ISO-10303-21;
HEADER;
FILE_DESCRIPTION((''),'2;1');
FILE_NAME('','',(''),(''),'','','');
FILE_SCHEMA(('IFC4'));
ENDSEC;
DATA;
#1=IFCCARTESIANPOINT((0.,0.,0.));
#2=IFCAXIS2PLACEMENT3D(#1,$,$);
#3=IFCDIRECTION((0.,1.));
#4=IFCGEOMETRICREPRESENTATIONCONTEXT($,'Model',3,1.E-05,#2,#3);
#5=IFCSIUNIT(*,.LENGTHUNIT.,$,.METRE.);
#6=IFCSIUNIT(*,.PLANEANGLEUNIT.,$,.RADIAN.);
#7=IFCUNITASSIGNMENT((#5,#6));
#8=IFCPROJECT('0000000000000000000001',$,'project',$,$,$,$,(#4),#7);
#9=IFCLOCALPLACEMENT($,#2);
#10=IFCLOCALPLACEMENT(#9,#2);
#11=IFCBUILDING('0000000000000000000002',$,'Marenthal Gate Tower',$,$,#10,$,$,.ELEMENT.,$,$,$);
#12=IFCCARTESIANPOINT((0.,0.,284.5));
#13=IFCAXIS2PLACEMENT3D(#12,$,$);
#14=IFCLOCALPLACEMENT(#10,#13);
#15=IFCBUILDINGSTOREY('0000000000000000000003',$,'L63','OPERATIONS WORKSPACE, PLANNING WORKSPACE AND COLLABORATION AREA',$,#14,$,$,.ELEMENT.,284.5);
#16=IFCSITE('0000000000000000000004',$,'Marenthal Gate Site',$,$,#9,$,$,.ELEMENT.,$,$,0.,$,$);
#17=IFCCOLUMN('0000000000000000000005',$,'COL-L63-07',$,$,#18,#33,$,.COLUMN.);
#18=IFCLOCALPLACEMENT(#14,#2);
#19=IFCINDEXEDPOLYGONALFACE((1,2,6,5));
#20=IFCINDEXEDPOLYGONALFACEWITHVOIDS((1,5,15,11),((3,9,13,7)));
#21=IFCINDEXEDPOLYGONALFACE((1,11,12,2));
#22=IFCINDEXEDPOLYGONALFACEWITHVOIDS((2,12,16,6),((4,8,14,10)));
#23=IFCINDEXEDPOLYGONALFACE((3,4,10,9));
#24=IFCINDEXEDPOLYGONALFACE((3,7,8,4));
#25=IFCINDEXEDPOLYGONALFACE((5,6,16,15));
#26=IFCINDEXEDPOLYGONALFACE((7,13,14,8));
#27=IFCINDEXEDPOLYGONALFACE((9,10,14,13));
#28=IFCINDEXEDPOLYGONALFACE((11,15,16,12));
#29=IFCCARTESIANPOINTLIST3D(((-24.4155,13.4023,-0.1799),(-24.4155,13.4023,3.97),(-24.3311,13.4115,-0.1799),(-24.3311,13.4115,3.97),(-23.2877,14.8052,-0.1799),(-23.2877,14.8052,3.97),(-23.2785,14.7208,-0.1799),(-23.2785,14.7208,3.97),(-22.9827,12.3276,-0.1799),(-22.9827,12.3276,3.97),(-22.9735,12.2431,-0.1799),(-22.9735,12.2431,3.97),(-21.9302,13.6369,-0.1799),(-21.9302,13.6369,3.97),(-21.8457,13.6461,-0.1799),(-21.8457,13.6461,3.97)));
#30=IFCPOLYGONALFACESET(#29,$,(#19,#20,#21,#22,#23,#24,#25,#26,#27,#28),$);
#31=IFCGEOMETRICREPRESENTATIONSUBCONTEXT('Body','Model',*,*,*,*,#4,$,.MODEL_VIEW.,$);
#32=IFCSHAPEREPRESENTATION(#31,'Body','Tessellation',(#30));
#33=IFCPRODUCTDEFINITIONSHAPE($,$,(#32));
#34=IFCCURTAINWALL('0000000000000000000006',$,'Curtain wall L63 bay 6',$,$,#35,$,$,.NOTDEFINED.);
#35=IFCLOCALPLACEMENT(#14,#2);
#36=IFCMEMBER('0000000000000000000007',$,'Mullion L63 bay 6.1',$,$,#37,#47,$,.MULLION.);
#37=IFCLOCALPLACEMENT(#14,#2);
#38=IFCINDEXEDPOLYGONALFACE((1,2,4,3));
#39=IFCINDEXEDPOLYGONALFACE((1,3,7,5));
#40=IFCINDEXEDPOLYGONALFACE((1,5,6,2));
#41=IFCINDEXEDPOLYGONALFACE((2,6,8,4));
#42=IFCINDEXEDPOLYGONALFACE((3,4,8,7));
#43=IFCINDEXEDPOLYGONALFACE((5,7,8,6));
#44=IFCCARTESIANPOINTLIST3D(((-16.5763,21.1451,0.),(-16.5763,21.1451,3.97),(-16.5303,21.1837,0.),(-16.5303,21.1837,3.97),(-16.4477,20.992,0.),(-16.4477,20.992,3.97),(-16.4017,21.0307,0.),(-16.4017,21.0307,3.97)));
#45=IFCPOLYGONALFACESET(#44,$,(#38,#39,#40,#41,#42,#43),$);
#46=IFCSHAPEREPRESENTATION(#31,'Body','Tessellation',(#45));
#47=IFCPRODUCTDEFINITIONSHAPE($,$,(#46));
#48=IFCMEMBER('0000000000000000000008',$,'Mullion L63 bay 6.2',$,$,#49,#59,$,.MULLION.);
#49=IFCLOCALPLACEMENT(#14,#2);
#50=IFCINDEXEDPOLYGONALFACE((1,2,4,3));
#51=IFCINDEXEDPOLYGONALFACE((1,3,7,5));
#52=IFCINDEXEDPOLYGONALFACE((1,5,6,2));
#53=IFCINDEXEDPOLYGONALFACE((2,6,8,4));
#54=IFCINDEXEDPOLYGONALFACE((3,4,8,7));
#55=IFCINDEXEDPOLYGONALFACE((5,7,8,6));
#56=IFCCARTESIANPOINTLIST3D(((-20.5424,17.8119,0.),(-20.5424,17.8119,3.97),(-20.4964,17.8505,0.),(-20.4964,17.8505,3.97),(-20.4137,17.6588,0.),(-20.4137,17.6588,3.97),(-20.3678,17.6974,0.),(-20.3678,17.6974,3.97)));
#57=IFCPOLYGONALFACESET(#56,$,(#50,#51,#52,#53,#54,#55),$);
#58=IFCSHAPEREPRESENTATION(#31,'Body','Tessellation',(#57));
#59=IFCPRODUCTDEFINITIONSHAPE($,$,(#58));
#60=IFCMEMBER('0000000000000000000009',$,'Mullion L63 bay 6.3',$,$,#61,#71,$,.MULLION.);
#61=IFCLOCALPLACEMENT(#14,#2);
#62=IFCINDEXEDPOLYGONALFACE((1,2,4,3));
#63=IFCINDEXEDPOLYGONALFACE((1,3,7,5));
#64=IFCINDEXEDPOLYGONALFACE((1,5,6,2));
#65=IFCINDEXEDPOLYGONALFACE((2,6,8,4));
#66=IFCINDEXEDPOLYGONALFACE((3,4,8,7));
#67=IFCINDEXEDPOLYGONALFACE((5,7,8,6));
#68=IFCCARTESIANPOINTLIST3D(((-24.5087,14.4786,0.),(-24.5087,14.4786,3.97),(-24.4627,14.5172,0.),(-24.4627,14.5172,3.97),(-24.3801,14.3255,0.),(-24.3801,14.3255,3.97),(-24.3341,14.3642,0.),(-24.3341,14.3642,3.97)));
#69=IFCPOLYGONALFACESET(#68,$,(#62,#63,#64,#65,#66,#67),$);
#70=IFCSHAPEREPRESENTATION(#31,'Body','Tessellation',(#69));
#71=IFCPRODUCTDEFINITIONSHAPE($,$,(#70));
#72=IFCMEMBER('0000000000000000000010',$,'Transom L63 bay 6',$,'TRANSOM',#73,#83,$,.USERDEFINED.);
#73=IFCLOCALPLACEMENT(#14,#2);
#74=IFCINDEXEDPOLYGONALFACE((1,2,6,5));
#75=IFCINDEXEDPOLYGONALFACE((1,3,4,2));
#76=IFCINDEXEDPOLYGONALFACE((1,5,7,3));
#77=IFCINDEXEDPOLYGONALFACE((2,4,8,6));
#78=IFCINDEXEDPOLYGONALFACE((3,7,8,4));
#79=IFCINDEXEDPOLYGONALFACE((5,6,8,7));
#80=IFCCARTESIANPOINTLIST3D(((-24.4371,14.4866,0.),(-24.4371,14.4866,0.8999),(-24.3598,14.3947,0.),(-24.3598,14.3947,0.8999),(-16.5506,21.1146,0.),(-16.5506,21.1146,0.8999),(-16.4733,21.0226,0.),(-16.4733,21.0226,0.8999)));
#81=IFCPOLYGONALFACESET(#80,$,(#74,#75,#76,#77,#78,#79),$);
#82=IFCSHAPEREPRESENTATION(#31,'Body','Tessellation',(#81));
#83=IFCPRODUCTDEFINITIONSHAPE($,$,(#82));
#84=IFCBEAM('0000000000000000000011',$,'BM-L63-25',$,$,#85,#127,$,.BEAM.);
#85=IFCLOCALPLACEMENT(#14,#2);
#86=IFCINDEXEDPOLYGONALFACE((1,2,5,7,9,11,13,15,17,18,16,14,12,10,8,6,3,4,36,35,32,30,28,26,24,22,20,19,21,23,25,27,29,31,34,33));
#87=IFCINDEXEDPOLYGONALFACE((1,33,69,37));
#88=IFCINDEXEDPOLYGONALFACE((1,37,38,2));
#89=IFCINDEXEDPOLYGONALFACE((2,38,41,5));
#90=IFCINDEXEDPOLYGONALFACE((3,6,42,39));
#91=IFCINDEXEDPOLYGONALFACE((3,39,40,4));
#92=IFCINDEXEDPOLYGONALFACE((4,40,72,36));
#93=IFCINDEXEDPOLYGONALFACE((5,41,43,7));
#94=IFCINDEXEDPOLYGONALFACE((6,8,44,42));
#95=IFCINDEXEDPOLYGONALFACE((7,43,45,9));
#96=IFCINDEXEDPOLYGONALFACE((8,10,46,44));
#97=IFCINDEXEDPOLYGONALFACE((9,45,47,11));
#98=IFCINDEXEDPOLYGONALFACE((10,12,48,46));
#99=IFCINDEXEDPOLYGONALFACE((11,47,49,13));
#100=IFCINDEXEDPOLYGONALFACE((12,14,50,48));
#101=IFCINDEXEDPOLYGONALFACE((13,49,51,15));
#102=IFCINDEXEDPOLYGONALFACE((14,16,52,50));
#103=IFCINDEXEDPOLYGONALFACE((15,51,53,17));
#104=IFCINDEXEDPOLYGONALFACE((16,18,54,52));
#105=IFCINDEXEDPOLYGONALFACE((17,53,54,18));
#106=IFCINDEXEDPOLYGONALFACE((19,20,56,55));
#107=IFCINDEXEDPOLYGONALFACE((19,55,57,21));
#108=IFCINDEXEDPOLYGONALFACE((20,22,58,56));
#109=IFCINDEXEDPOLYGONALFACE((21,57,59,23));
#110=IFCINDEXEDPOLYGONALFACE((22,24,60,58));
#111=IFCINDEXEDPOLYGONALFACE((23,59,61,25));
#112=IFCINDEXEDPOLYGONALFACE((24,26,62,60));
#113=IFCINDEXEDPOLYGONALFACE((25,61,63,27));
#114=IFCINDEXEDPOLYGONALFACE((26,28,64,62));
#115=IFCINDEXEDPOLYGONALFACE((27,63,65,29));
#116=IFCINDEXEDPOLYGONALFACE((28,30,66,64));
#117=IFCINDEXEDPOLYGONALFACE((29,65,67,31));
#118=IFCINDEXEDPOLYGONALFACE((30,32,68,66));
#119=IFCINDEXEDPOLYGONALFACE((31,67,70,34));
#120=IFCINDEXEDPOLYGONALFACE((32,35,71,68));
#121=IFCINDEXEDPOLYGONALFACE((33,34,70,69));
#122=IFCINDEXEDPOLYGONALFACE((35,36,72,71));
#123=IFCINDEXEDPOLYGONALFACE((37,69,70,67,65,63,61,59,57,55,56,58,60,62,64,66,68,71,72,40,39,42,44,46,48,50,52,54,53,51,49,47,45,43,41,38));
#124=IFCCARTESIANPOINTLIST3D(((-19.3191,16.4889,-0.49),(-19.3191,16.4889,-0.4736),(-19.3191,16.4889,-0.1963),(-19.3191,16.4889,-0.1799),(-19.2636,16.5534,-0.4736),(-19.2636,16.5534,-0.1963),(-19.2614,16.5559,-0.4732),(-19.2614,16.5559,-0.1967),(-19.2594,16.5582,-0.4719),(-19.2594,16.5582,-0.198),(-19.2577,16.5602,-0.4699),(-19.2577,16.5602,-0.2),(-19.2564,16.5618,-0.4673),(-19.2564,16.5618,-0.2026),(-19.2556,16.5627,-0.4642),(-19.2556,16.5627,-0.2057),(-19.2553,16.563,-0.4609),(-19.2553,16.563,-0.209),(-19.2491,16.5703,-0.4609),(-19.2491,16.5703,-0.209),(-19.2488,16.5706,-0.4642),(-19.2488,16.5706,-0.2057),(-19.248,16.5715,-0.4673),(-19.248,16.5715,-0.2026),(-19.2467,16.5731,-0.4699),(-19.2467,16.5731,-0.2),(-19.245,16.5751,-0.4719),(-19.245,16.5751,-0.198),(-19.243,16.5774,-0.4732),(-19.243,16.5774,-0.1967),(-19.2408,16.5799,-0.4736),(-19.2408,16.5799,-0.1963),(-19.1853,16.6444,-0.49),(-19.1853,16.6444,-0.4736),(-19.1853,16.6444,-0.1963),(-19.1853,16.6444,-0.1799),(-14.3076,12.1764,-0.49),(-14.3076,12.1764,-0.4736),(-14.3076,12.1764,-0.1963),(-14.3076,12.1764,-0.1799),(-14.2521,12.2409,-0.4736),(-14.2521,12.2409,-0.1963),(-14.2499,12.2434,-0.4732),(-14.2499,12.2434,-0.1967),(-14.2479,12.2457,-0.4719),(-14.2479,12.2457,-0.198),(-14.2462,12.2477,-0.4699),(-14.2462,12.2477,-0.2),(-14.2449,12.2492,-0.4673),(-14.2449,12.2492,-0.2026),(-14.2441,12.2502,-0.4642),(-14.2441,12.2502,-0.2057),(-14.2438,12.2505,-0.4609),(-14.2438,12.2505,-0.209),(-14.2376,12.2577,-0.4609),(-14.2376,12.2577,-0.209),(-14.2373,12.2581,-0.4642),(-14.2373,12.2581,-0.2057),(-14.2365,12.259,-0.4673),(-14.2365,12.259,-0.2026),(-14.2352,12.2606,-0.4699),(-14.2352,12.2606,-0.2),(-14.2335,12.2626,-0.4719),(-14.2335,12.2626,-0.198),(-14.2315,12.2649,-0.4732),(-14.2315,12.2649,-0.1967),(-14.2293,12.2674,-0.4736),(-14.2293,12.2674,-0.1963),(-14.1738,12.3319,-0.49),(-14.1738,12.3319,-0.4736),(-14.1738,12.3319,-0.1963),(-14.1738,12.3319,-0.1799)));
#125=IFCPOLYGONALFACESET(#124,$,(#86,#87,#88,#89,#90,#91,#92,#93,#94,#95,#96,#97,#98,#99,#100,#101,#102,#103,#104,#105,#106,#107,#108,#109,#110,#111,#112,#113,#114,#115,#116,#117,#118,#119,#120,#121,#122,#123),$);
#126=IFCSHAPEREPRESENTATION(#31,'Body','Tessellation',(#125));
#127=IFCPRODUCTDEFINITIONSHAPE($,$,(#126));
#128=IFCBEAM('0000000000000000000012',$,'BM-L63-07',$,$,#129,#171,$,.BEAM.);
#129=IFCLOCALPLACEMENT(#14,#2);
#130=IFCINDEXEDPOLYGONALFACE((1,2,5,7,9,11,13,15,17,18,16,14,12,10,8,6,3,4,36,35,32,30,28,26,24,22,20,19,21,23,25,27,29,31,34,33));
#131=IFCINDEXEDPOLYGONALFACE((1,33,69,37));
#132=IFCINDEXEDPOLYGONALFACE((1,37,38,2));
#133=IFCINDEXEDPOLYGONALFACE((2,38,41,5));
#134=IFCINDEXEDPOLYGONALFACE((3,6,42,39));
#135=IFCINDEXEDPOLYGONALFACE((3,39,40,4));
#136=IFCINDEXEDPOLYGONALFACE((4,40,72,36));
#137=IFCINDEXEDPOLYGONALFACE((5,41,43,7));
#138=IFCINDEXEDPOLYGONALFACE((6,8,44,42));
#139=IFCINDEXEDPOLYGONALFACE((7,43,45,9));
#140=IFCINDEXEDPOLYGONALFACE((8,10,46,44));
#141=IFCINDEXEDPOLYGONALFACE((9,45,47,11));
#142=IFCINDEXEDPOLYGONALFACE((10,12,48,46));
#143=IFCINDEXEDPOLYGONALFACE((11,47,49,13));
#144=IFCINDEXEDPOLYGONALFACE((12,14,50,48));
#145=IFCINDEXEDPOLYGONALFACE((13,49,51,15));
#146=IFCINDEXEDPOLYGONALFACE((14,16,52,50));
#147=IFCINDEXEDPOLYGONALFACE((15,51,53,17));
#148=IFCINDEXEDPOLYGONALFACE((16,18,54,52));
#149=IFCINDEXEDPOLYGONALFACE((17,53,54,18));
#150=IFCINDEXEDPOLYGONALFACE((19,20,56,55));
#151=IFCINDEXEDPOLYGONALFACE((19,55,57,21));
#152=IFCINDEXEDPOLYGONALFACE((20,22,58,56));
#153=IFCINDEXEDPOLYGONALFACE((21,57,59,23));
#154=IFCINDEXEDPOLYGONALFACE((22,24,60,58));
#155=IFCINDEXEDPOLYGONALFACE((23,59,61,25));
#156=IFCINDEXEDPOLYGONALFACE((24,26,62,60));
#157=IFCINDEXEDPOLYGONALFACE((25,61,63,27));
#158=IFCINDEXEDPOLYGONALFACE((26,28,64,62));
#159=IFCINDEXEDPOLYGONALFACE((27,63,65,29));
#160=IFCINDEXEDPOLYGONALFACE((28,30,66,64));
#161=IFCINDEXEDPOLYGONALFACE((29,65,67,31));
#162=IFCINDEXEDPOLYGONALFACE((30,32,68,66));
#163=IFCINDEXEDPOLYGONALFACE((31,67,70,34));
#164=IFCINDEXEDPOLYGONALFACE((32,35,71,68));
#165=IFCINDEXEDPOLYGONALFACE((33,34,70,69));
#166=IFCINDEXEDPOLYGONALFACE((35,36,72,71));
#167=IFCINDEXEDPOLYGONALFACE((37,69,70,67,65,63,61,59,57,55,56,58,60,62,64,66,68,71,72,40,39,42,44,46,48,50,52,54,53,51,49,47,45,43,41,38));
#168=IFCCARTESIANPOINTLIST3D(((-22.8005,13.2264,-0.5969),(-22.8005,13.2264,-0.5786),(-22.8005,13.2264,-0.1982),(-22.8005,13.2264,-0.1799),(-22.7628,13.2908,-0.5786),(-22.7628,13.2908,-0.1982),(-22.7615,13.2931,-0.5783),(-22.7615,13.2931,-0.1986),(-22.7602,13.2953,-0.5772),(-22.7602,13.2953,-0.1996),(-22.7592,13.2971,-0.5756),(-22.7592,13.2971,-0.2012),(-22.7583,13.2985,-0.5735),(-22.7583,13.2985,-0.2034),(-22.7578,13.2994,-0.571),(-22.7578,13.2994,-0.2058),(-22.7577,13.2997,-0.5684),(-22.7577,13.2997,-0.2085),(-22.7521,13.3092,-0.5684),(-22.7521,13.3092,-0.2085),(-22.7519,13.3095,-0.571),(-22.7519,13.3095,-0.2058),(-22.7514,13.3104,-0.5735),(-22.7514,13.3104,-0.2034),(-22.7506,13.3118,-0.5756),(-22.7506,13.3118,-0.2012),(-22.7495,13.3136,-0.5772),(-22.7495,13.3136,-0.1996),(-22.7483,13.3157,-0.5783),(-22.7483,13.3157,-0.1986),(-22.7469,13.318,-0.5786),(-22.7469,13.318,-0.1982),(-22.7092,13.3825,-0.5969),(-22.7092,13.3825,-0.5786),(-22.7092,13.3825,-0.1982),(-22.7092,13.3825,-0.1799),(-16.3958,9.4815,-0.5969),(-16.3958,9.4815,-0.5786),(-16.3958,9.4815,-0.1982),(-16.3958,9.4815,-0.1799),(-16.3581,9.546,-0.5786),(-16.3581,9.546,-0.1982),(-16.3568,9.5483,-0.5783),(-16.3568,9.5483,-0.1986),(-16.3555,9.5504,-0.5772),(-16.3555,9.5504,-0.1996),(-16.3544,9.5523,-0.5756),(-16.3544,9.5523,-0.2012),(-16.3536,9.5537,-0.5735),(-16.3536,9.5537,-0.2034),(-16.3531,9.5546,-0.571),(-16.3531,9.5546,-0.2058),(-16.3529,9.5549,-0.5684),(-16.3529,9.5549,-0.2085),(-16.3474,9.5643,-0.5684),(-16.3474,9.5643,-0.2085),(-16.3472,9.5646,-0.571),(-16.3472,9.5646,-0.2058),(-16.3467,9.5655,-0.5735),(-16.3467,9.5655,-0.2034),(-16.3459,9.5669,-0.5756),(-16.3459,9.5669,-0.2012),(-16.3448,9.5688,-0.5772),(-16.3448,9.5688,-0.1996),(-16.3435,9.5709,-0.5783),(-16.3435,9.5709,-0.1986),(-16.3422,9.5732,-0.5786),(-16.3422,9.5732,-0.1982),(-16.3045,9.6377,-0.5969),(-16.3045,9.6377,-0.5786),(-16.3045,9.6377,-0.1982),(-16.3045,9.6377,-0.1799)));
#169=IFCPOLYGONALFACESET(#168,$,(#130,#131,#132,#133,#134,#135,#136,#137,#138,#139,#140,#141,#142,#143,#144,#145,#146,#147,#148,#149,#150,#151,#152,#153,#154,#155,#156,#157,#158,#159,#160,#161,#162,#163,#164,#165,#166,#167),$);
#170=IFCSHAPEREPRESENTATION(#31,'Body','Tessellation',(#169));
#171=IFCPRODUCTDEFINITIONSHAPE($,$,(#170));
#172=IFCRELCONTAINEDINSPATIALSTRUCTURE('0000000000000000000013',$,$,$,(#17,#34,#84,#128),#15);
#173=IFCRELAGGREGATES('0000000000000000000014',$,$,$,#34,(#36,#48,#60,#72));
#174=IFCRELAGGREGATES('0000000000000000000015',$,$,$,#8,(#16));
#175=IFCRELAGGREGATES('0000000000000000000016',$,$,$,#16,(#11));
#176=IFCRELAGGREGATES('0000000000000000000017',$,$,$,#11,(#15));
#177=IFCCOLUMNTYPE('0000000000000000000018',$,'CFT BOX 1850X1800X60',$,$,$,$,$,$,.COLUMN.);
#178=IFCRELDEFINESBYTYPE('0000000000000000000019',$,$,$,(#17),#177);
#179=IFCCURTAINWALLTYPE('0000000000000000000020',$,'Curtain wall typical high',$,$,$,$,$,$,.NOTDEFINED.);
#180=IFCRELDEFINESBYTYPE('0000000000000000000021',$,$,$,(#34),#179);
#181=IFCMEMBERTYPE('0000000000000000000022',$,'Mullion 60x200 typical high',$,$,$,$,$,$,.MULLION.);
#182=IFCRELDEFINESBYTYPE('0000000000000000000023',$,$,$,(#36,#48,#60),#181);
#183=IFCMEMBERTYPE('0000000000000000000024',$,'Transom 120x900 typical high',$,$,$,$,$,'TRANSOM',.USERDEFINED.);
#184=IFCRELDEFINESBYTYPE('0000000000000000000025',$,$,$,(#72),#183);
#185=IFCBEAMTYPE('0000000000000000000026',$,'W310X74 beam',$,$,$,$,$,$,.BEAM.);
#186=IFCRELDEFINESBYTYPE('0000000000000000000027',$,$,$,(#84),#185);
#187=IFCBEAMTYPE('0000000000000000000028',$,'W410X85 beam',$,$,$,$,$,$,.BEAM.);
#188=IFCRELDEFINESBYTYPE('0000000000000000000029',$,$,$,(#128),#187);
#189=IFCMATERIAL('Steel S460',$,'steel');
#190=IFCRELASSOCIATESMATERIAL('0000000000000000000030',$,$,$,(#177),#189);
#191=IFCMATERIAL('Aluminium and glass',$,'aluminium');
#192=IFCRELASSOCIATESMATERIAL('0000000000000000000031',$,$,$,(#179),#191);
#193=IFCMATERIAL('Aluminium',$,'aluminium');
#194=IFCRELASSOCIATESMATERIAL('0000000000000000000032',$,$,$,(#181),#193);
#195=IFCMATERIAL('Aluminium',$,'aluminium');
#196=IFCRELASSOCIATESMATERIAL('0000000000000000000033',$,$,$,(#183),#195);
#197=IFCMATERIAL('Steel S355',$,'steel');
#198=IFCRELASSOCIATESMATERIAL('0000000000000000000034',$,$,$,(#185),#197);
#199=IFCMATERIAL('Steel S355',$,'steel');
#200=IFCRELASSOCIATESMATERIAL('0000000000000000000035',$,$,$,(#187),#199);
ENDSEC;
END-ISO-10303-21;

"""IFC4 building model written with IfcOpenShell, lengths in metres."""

from ifc_helpers import new_model, si_unit, direction, frame, origin, origin_2d, place, context, subcontext, project, spatial, rectangle, hollow_rectangle, i_section, extrude, material, material_profile, profile_set, type_object, element, aggregate, save


model = new_model("IFC4")

# Units and contexts
model_context = context("Model", 3, precision=1e-05, world=origin(), true_north=direction((0.0, 1.0)))
body_context = subcontext(model_context, "Body", "Model", "MODEL_VIEW")
ifc_project = project(units=[si_unit("LENGTHUNIT", "METRE"), si_unit("PLANEANGLEUNIT", "RADIAN")], contexts=[model_context])

# Site, building, storey
site_placement = place(None, origin())
site = spatial("IfcSite", under=ifc_project, at=site_placement, Name="Marenthal Gate Site", CompositionType="ELEMENT", RefElevation=0.0)
building_placement = place(site_placement, origin())
building = spatial("IfcBuilding", under=site, at=building_placement, Name="Marenthal Gate Tower", CompositionType="ELEMENT")
storey_placement = place(building_placement, frame((0.0, 0.0, 284.5)))
storey = spatial("IfcBuildingStorey", under=building, at=storey_placement, Name="L63", Description="OPERATIONS WORKSPACE, PLANNING WORKSPACE AND COLLABORATION AREA", CompositionType="ELEMENT", Elevation=284.5)

# Column
ifc_material_1 = material(Name="Steel S460", Category="steel")
ifc_material_profile_1 = material_profile(ifc_material_1, hollow_rectangle(XDim=1.8, YDim=1.8501, WallThickness=0.0601, at=origin_2d()), Name="CFT BOX 1850X1800X60")
ifc_material_2 = material(Name="Concrete 70 MPa", Category="concrete")
ifc_material_profile_2 = material_profile(ifc_material_2, rectangle(XDim=1.6799, YDim=1.73, at=origin_2d()), Name="CFT BOX 1850X1800X60 INFILL")
ifc_profile_set_1 = profile_set([ifc_material_profile_1, ifc_material_profile_2], Name="Steel S460 shell, Concrete 70 MPa infill")
column_type = type_object("IfcColumnType", Name="CFT BOX 1850X1800X60", PredefinedType="COLUMN", material=ifc_profile_set_1)
column_placement = place(storey_placement, frame((-23.1306, 13.5242, -0.1799), z_axis=(0.0, 0.0, 1.0), x_axis=(0.62654, 0.779389, 0.0)))
element("IfcColumn", 1, at=column_placement, inside=storey, type_object=column_type, Name="COL-L63-07", PredefinedType="COLUMN", context=body_context, shape_type="SweptSolid", body=[
    extrude(hollow_rectangle(XDim=1.8, YDim=1.8501, WallThickness=0.0601, at=origin_2d()), origin(), (0.0, 0.0, 1.0), 4.1499),
])

# Curtain wall, members
ifc_material_3 = material(Name="Aluminium and glass", Category="aluminium")
curtain_wall_type = type_object("IfcCurtainWallType", Name="Curtain wall typical high", PredefinedType="NOTDEFINED", material=ifc_material_3)
curtain_wall_placement = place(storey_placement, origin())
curtain_wall = element("IfcCurtainWall", 2, at=curtain_wall_placement, inside=storey, type_object=curtain_wall_type, Name="Curtain wall L63 bay 6", PredefinedType="NOTDEFINED")
ifc_material_4 = material(Name="Aluminium", Category="aluminium")
ifc_material_profile_3 = material_profile(ifc_material_4, rectangle(XDim=0.2, YDim=0.0601, at=origin_2d()), Name="60x200 aluminium mullion")
ifc_profile_set_2 = profile_set([ifc_material_profile_3], Name="Aluminium")
member_type_1 = type_object("IfcMemberType", Name="Mullion 60x200 typical high", PredefinedType="MULLION", material=ifc_profile_set_2)
member_1_placement = place(storey_placement, frame((-16.489, 21.0879, 0.0), z_axis=(0.0, 0.0, 1.0), x_axis=(0.64338, -0.765547, 0.0)))
member_1 = element("IfcMember", 3, at=member_1_placement, type_object=member_type_1, Name="Mullion L63 bay 6.1", PredefinedType="MULLION", context=body_context, shape_type="SweptSolid", body=[
    extrude(rectangle(XDim=0.2, YDim=0.0601, at=origin_2d()), origin(), (0.0, 0.0, 1.0), 3.97),
])
member_2_placement = place(storey_placement, frame((-20.4551, 17.7546, 0.0), z_axis=(0.0, 0.0, 1.0), x_axis=(0.64338, -0.765547, 0.0)))
member_2 = element("IfcMember", 4, at=member_2_placement, type_object=member_type_1, Name="Mullion L63 bay 6.2", PredefinedType="MULLION", context=body_context, shape_type="SweptSolid", body=[
    extrude(rectangle(XDim=0.2, YDim=0.0601, at=origin_2d()), origin(), (0.0, 0.0, 1.0), 3.97),
])
member_3_placement = place(storey_placement, frame((-24.4214, 14.4214, 0.0), z_axis=(0.0, 0.0, 1.0), x_axis=(0.64338, -0.765547, 0.0)))
member_3 = element("IfcMember", 5, at=member_3_placement, type_object=member_type_1, Name="Mullion L63 bay 6.3", PredefinedType="MULLION", context=body_context, shape_type="SweptSolid", body=[
    extrude(rectangle(XDim=0.2, YDim=0.0601, at=origin_2d()), origin(), (0.0, 0.0, 1.0), 3.97),
])
ifc_material_5 = material(Name="Aluminium", Category="aluminium")
ifc_material_profile_4 = material_profile(ifc_material_5, rectangle(XDim=0.1201, YDim=0.8999, at=origin_2d()), Name="120x900 aluminium transom")
ifc_profile_set_3 = profile_set([ifc_material_profile_4], Name="Aluminium")
member_type_2 = type_object("IfcMemberType", Name="Transom 120x900 typical high", ElementType="TRANSOM", PredefinedType="USERDEFINED", material=ifc_profile_set_3)
member_4_placement = place(storey_placement, frame((-16.512, 21.0686, 0.45), z_axis=(-0.765548, -0.643379, 0.0), x_axis=(0.643379, -0.765548, 0.0)))
member_4 = element("IfcMember", 6, at=member_4_placement, type_object=member_type_2, Name="Transom L63 bay 6", ObjectType="TRANSOM", PredefinedType="USERDEFINED", context=body_context, shape_type="SweptSolid", body=[
    extrude(rectangle(XDim=0.1201, YDim=0.8999, at=origin_2d()), origin(), (0.0, 0.0, 1.0), 10.3018),
])

# Beams
ifc_material_6 = material(Name="Steel S355", Category="steel")
ifc_material_profile_5 = material_profile(ifc_material_6, i_section(OverallWidth=0.2051, OverallDepth=0.3101, WebThickness=0.0095, FlangeThickness=0.0164, FilletRadius=0.0127, at=origin_2d()), Name="W310X74")
ifc_profile_set_4 = profile_set([ifc_material_profile_5], Name="Steel S355")
beam_type_1 = type_object("IfcBeamType", Name="W310X74 beam", PredefinedType="BEAM", material=ifc_profile_set_4)
beam_1_placement = place(storey_placement, frame((-19.2522, 16.5667, -0.335), z_axis=(0.757988, -0.652268, 0.0), x_axis=(0.652268, 0.757988, 0.0)))
element("IfcBeam", 7, at=beam_1_placement, inside=storey, type_object=beam_type_1, Name="BM-L63-25", PredefinedType="BEAM", context=body_context, shape_type="SweptSolid", body=[
    extrude(i_section(OverallWidth=0.2051, OverallDepth=0.3101, WebThickness=0.0095, FlangeThickness=0.0164, FilletRadius=0.0127, at=origin_2d()), origin(), (0.0, 0.0, 1.0), 6.6116),
])
ifc_material_7 = material(Name="Steel S355", Category="steel")
ifc_material_profile_6 = material_profile(ifc_material_7, i_section(OverallWidth=0.1809, OverallDepth=0.417, WebThickness=0.011, FlangeThickness=0.0183, FilletRadius=0.0103, at=origin_2d()), Name="W410X85")
ifc_profile_set_5 = profile_set([ifc_material_profile_6], Name="Steel S355")
beam_type_2 = type_object("IfcBeamType", Name="W410X85 beam", PredefinedType="BEAM", material=ifc_profile_set_5)
beam_2_placement = place(storey_placement, frame((-22.7549, 13.3044, -0.3884), z_axis=(0.863265, -0.504751, 0.0), x_axis=(0.504751, 0.863265, 0.0)))
element("IfcBeam", 8, at=beam_2_placement, inside=storey, type_object=beam_type_2, Name="BM-L63-07", PredefinedType="BEAM", context=body_context, shape_type="SweptSolid", body=[
    extrude(i_section(OverallWidth=0.1809, OverallDepth=0.417, WebThickness=0.011, FlangeThickness=0.0183, FilletRadius=0.0103, at=origin_2d()), origin(), (0.0, 0.0, 1.0), 7.4192),
])

aggregate(curtain_wall, [member_1, member_2, member_3, member_4])

save(model, "model.ifc")
